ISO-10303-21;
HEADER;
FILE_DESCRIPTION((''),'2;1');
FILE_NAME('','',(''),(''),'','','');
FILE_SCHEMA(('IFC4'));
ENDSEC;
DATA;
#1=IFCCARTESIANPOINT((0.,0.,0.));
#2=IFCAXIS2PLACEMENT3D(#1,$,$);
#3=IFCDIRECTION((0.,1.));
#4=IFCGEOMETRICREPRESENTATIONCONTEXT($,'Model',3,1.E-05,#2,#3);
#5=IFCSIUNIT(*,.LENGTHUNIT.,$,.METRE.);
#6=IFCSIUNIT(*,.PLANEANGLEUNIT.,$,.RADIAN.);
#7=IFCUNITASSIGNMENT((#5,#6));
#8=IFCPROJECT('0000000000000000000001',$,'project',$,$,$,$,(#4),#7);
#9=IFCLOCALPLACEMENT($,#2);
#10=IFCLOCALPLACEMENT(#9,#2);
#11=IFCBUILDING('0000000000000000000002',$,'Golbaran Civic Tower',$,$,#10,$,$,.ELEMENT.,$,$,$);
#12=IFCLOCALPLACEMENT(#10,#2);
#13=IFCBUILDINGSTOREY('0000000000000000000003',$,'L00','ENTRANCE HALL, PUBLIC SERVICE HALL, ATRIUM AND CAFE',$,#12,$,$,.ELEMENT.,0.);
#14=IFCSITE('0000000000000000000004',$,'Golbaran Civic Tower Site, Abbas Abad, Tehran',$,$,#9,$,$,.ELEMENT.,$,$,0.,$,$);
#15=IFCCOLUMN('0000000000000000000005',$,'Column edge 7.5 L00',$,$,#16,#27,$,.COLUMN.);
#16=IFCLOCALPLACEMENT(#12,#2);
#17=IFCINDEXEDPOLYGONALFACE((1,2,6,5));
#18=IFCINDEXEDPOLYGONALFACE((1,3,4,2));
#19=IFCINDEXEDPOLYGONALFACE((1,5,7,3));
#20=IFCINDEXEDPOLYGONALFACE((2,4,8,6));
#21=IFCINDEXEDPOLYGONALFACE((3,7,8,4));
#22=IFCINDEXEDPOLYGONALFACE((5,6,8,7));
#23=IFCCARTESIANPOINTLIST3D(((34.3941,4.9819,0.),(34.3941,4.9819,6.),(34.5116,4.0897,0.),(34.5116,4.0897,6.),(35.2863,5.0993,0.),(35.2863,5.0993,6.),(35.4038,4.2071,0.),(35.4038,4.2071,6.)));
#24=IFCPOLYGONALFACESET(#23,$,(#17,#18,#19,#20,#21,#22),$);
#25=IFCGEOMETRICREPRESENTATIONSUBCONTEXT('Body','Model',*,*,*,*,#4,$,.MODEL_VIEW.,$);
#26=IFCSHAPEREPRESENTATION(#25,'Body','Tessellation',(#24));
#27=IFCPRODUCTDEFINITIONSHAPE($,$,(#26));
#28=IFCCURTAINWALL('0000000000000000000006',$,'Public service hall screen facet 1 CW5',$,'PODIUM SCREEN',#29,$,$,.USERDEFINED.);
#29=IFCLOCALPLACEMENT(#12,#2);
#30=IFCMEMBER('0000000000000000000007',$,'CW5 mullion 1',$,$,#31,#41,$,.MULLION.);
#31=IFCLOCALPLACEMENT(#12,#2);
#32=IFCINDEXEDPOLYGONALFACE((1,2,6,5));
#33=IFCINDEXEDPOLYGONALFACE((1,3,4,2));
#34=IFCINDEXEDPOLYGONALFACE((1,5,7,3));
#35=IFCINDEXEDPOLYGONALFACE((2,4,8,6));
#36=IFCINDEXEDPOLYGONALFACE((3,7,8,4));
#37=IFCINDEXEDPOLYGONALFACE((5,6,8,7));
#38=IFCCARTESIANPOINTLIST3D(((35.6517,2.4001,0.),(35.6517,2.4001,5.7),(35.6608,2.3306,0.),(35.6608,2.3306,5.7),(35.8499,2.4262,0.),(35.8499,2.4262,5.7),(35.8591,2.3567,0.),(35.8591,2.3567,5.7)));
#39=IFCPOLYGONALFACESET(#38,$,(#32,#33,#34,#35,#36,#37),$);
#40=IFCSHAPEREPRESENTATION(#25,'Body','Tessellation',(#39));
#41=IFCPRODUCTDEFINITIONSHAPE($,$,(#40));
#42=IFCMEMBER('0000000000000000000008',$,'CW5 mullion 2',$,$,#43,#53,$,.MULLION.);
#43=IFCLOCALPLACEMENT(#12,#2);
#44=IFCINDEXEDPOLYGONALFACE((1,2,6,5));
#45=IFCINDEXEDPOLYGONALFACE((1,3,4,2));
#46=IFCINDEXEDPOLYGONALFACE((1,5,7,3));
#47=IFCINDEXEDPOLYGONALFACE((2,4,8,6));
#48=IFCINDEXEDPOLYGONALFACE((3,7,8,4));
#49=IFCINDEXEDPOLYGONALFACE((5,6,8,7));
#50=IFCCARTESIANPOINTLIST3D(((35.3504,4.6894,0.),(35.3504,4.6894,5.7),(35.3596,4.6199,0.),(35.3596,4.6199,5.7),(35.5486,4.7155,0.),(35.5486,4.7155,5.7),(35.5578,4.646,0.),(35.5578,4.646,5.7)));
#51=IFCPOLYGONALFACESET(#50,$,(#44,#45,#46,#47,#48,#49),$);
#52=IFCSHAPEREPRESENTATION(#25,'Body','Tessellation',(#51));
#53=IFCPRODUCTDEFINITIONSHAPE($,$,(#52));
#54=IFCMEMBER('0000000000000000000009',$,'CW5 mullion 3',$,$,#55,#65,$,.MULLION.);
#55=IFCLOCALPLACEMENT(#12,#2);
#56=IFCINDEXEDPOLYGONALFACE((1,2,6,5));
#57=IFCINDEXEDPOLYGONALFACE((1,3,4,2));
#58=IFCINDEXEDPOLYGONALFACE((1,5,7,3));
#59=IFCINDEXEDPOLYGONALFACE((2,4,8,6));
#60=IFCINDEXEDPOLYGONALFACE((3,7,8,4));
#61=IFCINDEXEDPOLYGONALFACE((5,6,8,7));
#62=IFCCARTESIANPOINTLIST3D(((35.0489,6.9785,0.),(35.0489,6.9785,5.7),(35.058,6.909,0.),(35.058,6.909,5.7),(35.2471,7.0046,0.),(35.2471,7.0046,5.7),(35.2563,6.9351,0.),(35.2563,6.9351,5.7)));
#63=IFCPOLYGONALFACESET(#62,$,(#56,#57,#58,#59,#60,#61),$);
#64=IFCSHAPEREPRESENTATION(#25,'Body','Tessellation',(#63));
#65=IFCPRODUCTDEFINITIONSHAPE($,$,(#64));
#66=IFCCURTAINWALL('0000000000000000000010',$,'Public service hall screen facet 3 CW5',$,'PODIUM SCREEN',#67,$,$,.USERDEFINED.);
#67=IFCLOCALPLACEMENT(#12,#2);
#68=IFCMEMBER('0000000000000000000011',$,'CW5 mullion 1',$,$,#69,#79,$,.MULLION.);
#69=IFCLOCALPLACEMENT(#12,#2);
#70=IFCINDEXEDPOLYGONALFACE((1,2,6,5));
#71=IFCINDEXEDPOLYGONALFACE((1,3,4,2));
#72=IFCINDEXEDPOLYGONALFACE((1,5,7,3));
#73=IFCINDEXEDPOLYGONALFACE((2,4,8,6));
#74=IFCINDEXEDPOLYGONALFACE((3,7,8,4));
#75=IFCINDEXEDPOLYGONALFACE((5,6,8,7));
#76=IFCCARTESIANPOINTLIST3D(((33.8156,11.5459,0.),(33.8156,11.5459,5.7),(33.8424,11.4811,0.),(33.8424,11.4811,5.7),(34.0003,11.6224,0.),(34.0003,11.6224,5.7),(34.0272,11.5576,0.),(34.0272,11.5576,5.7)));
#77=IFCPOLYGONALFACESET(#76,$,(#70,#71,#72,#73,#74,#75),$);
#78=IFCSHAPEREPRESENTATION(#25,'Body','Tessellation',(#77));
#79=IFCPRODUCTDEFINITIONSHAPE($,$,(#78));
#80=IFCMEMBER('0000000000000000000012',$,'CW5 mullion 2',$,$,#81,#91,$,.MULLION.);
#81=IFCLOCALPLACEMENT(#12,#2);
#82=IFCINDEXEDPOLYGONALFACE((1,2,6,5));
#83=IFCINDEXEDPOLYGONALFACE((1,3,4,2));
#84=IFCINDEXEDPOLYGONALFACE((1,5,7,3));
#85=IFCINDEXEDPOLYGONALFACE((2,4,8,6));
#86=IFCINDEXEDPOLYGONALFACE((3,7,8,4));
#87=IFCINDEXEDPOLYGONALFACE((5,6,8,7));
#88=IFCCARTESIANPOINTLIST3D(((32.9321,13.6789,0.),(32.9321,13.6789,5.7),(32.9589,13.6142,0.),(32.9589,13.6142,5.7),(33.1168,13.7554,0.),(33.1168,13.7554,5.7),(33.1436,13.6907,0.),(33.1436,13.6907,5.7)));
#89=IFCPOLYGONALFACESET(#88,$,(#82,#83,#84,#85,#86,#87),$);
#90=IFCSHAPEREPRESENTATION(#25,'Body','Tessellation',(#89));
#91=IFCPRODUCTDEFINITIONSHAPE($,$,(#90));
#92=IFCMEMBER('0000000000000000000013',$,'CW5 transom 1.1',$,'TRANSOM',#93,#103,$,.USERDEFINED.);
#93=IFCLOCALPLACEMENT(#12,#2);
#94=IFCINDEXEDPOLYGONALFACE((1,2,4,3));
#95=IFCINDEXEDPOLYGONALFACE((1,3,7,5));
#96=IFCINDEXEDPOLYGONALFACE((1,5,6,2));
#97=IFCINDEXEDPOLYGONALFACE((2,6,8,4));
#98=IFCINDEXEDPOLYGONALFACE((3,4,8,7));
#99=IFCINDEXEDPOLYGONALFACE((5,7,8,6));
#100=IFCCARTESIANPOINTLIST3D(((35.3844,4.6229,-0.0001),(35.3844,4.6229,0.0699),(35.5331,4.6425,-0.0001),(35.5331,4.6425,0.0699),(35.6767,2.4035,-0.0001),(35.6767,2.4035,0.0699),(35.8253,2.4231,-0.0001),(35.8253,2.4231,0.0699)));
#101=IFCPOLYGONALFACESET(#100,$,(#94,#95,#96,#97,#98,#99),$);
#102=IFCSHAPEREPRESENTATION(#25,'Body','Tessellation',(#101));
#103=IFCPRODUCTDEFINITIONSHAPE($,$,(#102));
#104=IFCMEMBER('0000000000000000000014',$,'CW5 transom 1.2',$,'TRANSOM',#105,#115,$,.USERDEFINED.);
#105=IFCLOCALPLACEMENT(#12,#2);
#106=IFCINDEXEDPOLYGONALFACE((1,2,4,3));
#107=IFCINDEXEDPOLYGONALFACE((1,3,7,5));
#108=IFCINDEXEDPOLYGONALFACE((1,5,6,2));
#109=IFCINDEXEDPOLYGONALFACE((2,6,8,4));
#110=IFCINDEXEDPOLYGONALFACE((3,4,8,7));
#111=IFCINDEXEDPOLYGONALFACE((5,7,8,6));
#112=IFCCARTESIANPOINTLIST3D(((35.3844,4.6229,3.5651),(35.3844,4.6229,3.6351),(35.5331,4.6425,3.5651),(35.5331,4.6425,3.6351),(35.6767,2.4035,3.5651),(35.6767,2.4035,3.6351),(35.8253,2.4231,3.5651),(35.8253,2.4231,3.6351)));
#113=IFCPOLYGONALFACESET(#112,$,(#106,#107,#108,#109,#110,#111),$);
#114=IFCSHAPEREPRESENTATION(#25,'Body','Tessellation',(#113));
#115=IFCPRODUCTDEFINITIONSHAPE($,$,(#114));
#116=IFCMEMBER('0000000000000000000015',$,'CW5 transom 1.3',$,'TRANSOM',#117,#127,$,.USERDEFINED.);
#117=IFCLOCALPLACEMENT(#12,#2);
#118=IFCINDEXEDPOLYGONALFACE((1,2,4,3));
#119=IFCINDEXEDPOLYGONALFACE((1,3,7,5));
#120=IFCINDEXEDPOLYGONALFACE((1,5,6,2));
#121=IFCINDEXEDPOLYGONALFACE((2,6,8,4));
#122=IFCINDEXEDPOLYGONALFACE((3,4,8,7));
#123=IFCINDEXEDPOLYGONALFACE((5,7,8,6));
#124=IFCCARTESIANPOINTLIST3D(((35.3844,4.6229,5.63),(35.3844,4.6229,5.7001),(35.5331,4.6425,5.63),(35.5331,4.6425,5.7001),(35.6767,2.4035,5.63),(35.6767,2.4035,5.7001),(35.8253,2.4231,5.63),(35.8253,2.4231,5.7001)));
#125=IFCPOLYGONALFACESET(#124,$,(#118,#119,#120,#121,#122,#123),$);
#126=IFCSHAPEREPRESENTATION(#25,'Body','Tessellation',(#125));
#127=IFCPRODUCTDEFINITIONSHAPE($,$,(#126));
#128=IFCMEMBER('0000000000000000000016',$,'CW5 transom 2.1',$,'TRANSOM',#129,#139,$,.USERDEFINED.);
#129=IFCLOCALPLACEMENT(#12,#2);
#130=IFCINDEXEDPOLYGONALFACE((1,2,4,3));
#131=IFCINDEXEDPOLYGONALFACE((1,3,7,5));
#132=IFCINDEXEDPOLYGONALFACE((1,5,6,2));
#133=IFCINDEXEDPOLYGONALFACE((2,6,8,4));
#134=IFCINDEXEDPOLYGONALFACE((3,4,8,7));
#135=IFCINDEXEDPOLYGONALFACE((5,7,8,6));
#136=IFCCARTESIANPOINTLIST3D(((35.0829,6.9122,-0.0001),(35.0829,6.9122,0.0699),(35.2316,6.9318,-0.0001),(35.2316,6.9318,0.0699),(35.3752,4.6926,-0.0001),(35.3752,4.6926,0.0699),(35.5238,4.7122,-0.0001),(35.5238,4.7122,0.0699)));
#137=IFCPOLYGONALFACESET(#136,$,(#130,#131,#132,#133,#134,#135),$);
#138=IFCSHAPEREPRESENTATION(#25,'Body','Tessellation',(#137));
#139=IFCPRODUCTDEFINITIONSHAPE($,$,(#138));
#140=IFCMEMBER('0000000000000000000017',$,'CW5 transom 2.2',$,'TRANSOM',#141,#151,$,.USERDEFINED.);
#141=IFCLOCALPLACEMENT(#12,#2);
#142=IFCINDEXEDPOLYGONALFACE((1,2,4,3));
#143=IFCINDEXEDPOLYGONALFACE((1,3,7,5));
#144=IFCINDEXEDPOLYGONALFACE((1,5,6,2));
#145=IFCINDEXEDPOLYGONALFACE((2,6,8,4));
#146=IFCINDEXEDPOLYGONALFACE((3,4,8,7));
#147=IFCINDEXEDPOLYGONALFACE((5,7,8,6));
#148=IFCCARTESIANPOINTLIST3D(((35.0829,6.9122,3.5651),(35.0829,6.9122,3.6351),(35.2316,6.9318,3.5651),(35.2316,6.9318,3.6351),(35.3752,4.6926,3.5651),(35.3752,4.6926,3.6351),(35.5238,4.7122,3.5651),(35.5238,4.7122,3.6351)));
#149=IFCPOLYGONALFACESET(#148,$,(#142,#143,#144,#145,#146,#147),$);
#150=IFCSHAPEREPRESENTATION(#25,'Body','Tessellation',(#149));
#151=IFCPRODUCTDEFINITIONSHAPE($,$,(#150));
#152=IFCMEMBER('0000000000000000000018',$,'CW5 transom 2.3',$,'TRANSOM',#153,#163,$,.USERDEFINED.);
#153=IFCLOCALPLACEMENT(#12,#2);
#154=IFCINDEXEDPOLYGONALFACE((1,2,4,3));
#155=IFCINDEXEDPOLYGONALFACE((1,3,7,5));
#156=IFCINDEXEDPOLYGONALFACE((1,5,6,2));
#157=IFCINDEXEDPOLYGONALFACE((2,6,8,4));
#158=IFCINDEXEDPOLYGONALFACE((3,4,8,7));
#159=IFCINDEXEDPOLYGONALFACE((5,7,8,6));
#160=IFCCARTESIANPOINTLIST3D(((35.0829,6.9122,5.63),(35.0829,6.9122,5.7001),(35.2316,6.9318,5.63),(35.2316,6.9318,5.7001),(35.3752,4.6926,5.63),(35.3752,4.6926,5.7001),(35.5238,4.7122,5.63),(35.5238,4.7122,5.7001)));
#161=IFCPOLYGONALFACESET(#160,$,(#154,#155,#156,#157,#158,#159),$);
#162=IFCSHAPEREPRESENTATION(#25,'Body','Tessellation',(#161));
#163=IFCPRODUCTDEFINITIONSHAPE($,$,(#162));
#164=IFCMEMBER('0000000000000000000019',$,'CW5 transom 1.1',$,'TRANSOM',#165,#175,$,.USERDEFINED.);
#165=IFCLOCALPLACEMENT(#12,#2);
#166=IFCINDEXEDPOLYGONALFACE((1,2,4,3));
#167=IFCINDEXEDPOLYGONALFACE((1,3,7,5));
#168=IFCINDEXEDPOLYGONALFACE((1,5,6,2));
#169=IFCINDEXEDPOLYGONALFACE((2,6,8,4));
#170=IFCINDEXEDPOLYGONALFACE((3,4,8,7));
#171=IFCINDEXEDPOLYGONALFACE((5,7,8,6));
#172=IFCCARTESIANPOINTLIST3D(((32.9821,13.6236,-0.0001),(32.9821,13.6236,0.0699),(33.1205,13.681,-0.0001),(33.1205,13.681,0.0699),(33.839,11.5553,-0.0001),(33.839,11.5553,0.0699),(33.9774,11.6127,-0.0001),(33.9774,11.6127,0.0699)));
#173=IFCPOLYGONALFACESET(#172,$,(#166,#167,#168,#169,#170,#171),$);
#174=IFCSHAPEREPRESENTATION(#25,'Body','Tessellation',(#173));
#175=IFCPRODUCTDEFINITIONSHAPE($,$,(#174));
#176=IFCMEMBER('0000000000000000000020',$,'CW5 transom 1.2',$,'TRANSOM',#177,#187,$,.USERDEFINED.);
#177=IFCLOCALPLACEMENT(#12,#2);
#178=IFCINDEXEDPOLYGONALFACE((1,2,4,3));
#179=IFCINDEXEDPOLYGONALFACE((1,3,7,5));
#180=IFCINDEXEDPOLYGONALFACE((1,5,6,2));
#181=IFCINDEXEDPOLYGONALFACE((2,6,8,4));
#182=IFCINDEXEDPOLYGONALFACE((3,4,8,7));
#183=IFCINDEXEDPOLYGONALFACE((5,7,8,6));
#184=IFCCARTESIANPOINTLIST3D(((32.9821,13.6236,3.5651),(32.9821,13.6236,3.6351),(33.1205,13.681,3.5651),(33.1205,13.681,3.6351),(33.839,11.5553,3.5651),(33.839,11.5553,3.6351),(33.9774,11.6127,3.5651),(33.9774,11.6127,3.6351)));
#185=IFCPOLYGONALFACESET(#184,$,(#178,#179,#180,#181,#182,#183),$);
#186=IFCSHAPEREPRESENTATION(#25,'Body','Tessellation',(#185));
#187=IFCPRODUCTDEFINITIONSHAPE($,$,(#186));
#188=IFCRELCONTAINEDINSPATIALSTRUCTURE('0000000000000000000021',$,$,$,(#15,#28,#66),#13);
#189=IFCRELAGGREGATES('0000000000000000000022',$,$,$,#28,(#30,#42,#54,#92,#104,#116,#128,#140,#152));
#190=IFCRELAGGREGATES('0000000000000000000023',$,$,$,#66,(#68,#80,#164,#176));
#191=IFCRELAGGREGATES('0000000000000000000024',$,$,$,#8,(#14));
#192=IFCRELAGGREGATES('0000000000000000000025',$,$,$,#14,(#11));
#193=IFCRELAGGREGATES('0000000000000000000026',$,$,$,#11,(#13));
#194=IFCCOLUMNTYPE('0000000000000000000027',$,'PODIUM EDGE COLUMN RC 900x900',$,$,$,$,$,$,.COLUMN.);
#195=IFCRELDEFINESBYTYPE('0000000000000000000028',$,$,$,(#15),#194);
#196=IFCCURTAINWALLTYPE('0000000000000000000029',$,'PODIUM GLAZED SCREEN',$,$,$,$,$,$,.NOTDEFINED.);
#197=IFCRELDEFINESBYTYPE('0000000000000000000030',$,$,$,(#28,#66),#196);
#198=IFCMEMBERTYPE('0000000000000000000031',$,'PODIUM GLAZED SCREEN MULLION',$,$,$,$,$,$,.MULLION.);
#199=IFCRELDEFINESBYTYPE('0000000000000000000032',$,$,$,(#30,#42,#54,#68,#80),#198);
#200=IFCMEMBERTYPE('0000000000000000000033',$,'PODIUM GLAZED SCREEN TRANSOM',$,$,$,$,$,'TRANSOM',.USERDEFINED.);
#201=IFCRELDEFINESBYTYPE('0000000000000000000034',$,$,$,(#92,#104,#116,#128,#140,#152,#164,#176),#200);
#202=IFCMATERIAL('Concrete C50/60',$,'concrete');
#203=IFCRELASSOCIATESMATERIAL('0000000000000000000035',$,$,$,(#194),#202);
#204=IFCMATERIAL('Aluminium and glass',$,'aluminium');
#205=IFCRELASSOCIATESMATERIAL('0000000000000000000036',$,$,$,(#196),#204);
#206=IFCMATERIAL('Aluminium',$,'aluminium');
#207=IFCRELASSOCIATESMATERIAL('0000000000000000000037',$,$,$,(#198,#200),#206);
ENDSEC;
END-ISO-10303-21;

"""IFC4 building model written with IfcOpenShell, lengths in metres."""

from ifc_helpers import new_model, si_unit, direction, frame, origin, origin_2d, place, context, subcontext, project, spatial, rectangle, extrude, material, material_profile, profile_set, type_object, element, aggregate, save


model = new_model("IFC4")

# Units and contexts
model_context = context("Model", 3, precision=1e-05, world=origin(), true_north=direction((0.0, 1.0)))
body_context = subcontext(model_context, "Body", "Model", "MODEL_VIEW")
ifc_project = project(units=[si_unit("LENGTHUNIT", "METRE"), si_unit("PLANEANGLEUNIT", "RADIAN")], contexts=[model_context])

# Site, building, storey
site_placement = place(None, origin())
site = spatial("IfcSite", under=ifc_project, at=site_placement, Name="Golbaran Civic Tower Site, Abbas Abad, Tehran", CompositionType="ELEMENT", RefElevation=0.0)
building_placement = place(site_placement, origin())
building = spatial("IfcBuilding", under=site, at=building_placement, Name="Golbaran Civic Tower", CompositionType="ELEMENT")
storey_placement = place(building_placement, origin())
storey = spatial("IfcBuildingStorey", under=building, at=storey_placement, Name="L00", Description="ENTRANCE HALL, PUBLIC SERVICE HALL, ATRIUM AND CAFE", CompositionType="ELEMENT", Elevation=0.0)

# Column
ifc_material_1 = material(Name="Concrete C50/60", Category="concrete")
ifc_material_profile_1 = material_profile(ifc_material_1, rectangle(XDim=0.8999, YDim=0.8999, at=origin_2d()), Name="RC 900x900")
ifc_profile_set_1 = profile_set([ifc_material_profile_1], Name="Concrete C50/60")
column_type = type_object("IfcColumnType", Name="PODIUM EDGE COLUMN RC 900x900", PredefinedType="COLUMN", material=ifc_profile_set_1)
column_placement = place(storey_placement, frame((34.8989, 4.5945, 0.0), z_axis=(0.0, 0.0, 1.0), x_axis=(0.991445, 0.130526, 0.0)))
element("IfcColumn", 1, at=column_placement, inside=storey, type_object=column_type, Name="Column edge 7.5 L00", PredefinedType="COLUMN", context=body_context, shape_type="SweptSolid", body=[
    extrude(rectangle(XDim=0.8999, YDim=0.8999, at=origin_2d()), origin(), (0.0, 0.0, 1.0), 6.0),
])

# Curtain walls, members
ifc_material_2 = material(Name="Aluminium and glass", Category="aluminium")
curtain_wall_type = type_object("IfcCurtainWallType", Name="PODIUM GLAZED SCREEN", PredefinedType="NOTDEFINED", material=ifc_material_2)
curtain_wall_1_placement = place(storey_placement, origin())
curtain_wall_1 = element("IfcCurtainWall", 2, at=curtain_wall_1_placement, inside=storey, type_object=curtain_wall_type, Name="Public service hall screen facet 1 CW5", ObjectType="PODIUM SCREEN", PredefinedType="USERDEFINED")
ifc_material_3 = material(Name="Aluminium", Category="aluminium")
ifc_material_profile_2 = material_profile(ifc_material_3, rectangle(XDim=0.2, YDim=0.0701, at=origin_2d()), Name="PODIUM GLAZED SCREEN MULLION")
ifc_profile_set_2 = profile_set([ifc_material_profile_2], Name="Aluminium")
member_type_1 = type_object("IfcMemberType", Name="PODIUM GLAZED SCREEN MULLION", PredefinedType="MULLION", material=ifc_profile_set_2)
member_1_placement = place(storey_placement, frame((35.7554, 2.3784, 0.0), z_axis=(0.0, 0.0, 1.0), x_axis=(-0.991445, -0.130526, 0.0)))
member_1 = element("IfcMember", 3, at=member_1_placement, type_object=member_type_1, Name="CW5 mullion 1", PredefinedType="MULLION", context=body_context, shape_type="SweptSolid", body=[
    extrude(rectangle(XDim=0.2, YDim=0.0701, at=origin_2d()), origin(), (0.0, 0.0, 1.0), 5.7),
])
member_2_placement = place(storey_placement, frame((35.4541, 4.6677, 0.0), z_axis=(0.0, 0.0, 1.0), x_axis=(-0.991445, -0.130526, 0.0)))
member_2 = element("IfcMember", 4, at=member_2_placement, type_object=member_type_1, Name="CW5 mullion 2", PredefinedType="MULLION", context=body_context, shape_type="SweptSolid", body=[
    extrude(rectangle(XDim=0.2, YDim=0.0701, at=origin_2d()), origin(), (0.0, 0.0, 1.0), 5.7),
])
member_3_placement = place(storey_placement, frame((35.1526, 6.9568, 0.0), z_axis=(0.0, 0.0, 1.0), x_axis=(-0.991445, -0.130526, 0.0)))
member_3 = element("IfcMember", 5, at=member_3_placement, type_object=member_type_1, Name="CW5 mullion 3", PredefinedType="MULLION", context=body_context, shape_type="SweptSolid", body=[
    extrude(rectangle(XDim=0.2, YDim=0.0701, at=origin_2d()), origin(), (0.0, 0.0, 1.0), 5.7),
])
curtain_wall_2_placement = place(storey_placement, origin())
curtain_wall_2 = element("IfcCurtainWall", 6, at=curtain_wall_2_placement, inside=storey, type_object=curtain_wall_type, Name="Public service hall screen facet 3 CW5", ObjectType="PODIUM SCREEN", PredefinedType="USERDEFINED")
member_4_placement = place(storey_placement, frame((33.9214, 11.5518, 0.0), z_axis=(0.0, 0.0, 1.0), x_axis=(-0.92388, -0.382683, 0.0)))
member_4 = element("IfcMember", 7, at=member_4_placement, type_object=member_type_1, Name="CW5 mullion 1", PredefinedType="MULLION", context=body_context, shape_type="SweptSolid", body=[
    extrude(rectangle(XDim=0.2, YDim=0.0701, at=origin_2d()), origin(), (0.0, 0.0, 1.0), 5.7),
])
member_5_placement = place(storey_placement, frame((33.0378, 13.6848, 0.0), z_axis=(0.0, 0.0, 1.0), x_axis=(-0.92388, -0.382683, 0.0)))
member_5 = element("IfcMember", 8, at=member_5_placement, type_object=member_type_1, Name="CW5 mullion 2", PredefinedType="MULLION", context=body_context, shape_type="SweptSolid", body=[
    extrude(rectangle(XDim=0.2, YDim=0.0701, at=origin_2d()), origin(), (0.0, 0.0, 1.0), 5.7),
])

# Members
ifc_material_profile_3 = material_profile(ifc_material_3, rectangle(XDim=0.1499, YDim=0.0701, at=origin_2d()), Name="PODIUM GLAZED SCREEN TRANSOM")
ifc_profile_set_3 = profile_set([ifc_material_profile_3], Name="Aluminium")
member_type_2 = type_object("IfcMemberType", Name="PODIUM GLAZED SCREEN TRANSOM", ElementType="TRANSOM", PredefinedType="USERDEFINED", material=ifc_profile_set_3)
member_6_placement = place(storey_placement, frame((35.751, 2.4133, 0.0349), z_axis=(-0.130542, 0.991443, 0.0), x_axis=(-0.991443, -0.130542, 0.0)))
member_6 = element("IfcMember", 9, at=member_6_placement, type_object=member_type_2, Name="CW5 transom 1.1", ObjectType="TRANSOM", PredefinedType="USERDEFINED", context=body_context, shape_type="SweptSolid", body=[
    extrude(rectangle(XDim=0.1499, YDim=0.0701, at=origin_2d()), origin(), (0.0, 0.0, 1.0), 2.2385),
])
member_7_placement = place(storey_placement, frame((35.751, 2.4133, 3.6001), z_axis=(-0.130542, 0.991443, 0.0), x_axis=(-0.991443, -0.130542, 0.0)))
member_7 = element("IfcMember", 10, at=member_7_placement, type_object=member_type_2, Name="CW5 transom 1.2", ObjectType="TRANSOM", PredefinedType="USERDEFINED", context=body_context, shape_type="SweptSolid", body=[
    extrude(rectangle(XDim=0.1499, YDim=0.0701, at=origin_2d()), origin(), (0.0, 0.0, 1.0), 2.2385),
])
member_8_placement = place(storey_placement, frame((35.751, 2.4133, 5.665), z_axis=(-0.130542, 0.991443, 0.0), x_axis=(-0.991443, -0.130542, 0.0)))
member_8 = element("IfcMember", 11, at=member_8_placement, type_object=member_type_2, Name="CW5 transom 1.3", ObjectType="TRANSOM", PredefinedType="USERDEFINED", context=body_context, shape_type="SweptSolid", body=[
    extrude(rectangle(XDim=0.1499, YDim=0.0701, at=origin_2d()), origin(), (0.0, 0.0, 1.0), 2.2385),
])
member_9_placement = place(storey_placement, frame((35.4495, 4.7024, 0.0349), z_axis=(-0.130528, 0.991445, 0.0), x_axis=(-0.991445, -0.130528, 0.0)))
member_9 = element("IfcMember", 12, at=member_9_placement, type_object=member_type_2, Name="CW5 transom 2.1", ObjectType="TRANSOM", PredefinedType="USERDEFINED", context=body_context, shape_type="SweptSolid", body=[
    extrude(rectangle(XDim=0.1499, YDim=0.0701, at=origin_2d()), origin(), (0.0, 0.0, 1.0), 2.2388),
])
member_10_placement = place(storey_placement, frame((35.4495, 4.7024, 3.6001), z_axis=(-0.130528, 0.991445, 0.0), x_axis=(-0.991445, -0.130528, 0.0)))
member_10 = element("IfcMember", 13, at=member_10_placement, type_object=member_type_2, Name="CW5 transom 2.2", ObjectType="TRANSOM", PredefinedType="USERDEFINED", context=body_context, shape_type="SweptSolid", body=[
    extrude(rectangle(XDim=0.1499, YDim=0.0701, at=origin_2d()), origin(), (0.0, 0.0, 1.0), 2.2388),
])
member_11_placement = place(storey_placement, frame((35.4495, 4.7024, 5.665), z_axis=(-0.130528, 0.991445, 0.0), x_axis=(-0.991445, -0.130528, 0.0)))
member_11 = element("IfcMember", 14, at=member_11_placement, type_object=member_type_2, Name="CW5 transom 2.3", ObjectType="TRANSOM", PredefinedType="USERDEFINED", context=body_context, shape_type="SweptSolid", body=[
    extrude(rectangle(XDim=0.1499, YDim=0.0701, at=origin_2d()), origin(), (0.0, 0.0, 1.0), 2.2388),
])
member_12_placement = place(storey_placement, frame((33.9082, 11.584, 0.0349), z_axis=(-0.382756, 0.923849, 0.0), x_axis=(-0.923849, -0.382756, 0.0)))
member_12 = element("IfcMember", 15, at=member_12_placement, type_object=member_type_2, Name="CW5 transom 1.1", ObjectType="TRANSOM", PredefinedType="USERDEFINED", context=body_context, shape_type="SweptSolid", body=[
    extrude(rectangle(XDim=0.1499, YDim=0.0701, at=origin_2d()), origin(), (0.0, 0.0, 1.0), 2.2388),
])
member_13_placement = place(storey_placement, frame((33.9082, 11.584, 3.6001), z_axis=(-0.382756, 0.923849, 0.0), x_axis=(-0.923849, -0.382756, 0.0)))
member_13 = element("IfcMember", 16, at=member_13_placement, type_object=member_type_2, Name="CW5 transom 1.2", ObjectType="TRANSOM", PredefinedType="USERDEFINED", context=body_context, shape_type="SweptSolid", body=[
    extrude(rectangle(XDim=0.1499, YDim=0.0701, at=origin_2d()), origin(), (0.0, 0.0, 1.0), 2.2388),
])

aggregate(curtain_wall_1, [member_1, member_2, member_3, member_6, member_7, member_8, member_9, member_10, member_11])
aggregate(curtain_wall_2, [member_4, member_5, member_12, member_13])

save(model, "model.ifc")
